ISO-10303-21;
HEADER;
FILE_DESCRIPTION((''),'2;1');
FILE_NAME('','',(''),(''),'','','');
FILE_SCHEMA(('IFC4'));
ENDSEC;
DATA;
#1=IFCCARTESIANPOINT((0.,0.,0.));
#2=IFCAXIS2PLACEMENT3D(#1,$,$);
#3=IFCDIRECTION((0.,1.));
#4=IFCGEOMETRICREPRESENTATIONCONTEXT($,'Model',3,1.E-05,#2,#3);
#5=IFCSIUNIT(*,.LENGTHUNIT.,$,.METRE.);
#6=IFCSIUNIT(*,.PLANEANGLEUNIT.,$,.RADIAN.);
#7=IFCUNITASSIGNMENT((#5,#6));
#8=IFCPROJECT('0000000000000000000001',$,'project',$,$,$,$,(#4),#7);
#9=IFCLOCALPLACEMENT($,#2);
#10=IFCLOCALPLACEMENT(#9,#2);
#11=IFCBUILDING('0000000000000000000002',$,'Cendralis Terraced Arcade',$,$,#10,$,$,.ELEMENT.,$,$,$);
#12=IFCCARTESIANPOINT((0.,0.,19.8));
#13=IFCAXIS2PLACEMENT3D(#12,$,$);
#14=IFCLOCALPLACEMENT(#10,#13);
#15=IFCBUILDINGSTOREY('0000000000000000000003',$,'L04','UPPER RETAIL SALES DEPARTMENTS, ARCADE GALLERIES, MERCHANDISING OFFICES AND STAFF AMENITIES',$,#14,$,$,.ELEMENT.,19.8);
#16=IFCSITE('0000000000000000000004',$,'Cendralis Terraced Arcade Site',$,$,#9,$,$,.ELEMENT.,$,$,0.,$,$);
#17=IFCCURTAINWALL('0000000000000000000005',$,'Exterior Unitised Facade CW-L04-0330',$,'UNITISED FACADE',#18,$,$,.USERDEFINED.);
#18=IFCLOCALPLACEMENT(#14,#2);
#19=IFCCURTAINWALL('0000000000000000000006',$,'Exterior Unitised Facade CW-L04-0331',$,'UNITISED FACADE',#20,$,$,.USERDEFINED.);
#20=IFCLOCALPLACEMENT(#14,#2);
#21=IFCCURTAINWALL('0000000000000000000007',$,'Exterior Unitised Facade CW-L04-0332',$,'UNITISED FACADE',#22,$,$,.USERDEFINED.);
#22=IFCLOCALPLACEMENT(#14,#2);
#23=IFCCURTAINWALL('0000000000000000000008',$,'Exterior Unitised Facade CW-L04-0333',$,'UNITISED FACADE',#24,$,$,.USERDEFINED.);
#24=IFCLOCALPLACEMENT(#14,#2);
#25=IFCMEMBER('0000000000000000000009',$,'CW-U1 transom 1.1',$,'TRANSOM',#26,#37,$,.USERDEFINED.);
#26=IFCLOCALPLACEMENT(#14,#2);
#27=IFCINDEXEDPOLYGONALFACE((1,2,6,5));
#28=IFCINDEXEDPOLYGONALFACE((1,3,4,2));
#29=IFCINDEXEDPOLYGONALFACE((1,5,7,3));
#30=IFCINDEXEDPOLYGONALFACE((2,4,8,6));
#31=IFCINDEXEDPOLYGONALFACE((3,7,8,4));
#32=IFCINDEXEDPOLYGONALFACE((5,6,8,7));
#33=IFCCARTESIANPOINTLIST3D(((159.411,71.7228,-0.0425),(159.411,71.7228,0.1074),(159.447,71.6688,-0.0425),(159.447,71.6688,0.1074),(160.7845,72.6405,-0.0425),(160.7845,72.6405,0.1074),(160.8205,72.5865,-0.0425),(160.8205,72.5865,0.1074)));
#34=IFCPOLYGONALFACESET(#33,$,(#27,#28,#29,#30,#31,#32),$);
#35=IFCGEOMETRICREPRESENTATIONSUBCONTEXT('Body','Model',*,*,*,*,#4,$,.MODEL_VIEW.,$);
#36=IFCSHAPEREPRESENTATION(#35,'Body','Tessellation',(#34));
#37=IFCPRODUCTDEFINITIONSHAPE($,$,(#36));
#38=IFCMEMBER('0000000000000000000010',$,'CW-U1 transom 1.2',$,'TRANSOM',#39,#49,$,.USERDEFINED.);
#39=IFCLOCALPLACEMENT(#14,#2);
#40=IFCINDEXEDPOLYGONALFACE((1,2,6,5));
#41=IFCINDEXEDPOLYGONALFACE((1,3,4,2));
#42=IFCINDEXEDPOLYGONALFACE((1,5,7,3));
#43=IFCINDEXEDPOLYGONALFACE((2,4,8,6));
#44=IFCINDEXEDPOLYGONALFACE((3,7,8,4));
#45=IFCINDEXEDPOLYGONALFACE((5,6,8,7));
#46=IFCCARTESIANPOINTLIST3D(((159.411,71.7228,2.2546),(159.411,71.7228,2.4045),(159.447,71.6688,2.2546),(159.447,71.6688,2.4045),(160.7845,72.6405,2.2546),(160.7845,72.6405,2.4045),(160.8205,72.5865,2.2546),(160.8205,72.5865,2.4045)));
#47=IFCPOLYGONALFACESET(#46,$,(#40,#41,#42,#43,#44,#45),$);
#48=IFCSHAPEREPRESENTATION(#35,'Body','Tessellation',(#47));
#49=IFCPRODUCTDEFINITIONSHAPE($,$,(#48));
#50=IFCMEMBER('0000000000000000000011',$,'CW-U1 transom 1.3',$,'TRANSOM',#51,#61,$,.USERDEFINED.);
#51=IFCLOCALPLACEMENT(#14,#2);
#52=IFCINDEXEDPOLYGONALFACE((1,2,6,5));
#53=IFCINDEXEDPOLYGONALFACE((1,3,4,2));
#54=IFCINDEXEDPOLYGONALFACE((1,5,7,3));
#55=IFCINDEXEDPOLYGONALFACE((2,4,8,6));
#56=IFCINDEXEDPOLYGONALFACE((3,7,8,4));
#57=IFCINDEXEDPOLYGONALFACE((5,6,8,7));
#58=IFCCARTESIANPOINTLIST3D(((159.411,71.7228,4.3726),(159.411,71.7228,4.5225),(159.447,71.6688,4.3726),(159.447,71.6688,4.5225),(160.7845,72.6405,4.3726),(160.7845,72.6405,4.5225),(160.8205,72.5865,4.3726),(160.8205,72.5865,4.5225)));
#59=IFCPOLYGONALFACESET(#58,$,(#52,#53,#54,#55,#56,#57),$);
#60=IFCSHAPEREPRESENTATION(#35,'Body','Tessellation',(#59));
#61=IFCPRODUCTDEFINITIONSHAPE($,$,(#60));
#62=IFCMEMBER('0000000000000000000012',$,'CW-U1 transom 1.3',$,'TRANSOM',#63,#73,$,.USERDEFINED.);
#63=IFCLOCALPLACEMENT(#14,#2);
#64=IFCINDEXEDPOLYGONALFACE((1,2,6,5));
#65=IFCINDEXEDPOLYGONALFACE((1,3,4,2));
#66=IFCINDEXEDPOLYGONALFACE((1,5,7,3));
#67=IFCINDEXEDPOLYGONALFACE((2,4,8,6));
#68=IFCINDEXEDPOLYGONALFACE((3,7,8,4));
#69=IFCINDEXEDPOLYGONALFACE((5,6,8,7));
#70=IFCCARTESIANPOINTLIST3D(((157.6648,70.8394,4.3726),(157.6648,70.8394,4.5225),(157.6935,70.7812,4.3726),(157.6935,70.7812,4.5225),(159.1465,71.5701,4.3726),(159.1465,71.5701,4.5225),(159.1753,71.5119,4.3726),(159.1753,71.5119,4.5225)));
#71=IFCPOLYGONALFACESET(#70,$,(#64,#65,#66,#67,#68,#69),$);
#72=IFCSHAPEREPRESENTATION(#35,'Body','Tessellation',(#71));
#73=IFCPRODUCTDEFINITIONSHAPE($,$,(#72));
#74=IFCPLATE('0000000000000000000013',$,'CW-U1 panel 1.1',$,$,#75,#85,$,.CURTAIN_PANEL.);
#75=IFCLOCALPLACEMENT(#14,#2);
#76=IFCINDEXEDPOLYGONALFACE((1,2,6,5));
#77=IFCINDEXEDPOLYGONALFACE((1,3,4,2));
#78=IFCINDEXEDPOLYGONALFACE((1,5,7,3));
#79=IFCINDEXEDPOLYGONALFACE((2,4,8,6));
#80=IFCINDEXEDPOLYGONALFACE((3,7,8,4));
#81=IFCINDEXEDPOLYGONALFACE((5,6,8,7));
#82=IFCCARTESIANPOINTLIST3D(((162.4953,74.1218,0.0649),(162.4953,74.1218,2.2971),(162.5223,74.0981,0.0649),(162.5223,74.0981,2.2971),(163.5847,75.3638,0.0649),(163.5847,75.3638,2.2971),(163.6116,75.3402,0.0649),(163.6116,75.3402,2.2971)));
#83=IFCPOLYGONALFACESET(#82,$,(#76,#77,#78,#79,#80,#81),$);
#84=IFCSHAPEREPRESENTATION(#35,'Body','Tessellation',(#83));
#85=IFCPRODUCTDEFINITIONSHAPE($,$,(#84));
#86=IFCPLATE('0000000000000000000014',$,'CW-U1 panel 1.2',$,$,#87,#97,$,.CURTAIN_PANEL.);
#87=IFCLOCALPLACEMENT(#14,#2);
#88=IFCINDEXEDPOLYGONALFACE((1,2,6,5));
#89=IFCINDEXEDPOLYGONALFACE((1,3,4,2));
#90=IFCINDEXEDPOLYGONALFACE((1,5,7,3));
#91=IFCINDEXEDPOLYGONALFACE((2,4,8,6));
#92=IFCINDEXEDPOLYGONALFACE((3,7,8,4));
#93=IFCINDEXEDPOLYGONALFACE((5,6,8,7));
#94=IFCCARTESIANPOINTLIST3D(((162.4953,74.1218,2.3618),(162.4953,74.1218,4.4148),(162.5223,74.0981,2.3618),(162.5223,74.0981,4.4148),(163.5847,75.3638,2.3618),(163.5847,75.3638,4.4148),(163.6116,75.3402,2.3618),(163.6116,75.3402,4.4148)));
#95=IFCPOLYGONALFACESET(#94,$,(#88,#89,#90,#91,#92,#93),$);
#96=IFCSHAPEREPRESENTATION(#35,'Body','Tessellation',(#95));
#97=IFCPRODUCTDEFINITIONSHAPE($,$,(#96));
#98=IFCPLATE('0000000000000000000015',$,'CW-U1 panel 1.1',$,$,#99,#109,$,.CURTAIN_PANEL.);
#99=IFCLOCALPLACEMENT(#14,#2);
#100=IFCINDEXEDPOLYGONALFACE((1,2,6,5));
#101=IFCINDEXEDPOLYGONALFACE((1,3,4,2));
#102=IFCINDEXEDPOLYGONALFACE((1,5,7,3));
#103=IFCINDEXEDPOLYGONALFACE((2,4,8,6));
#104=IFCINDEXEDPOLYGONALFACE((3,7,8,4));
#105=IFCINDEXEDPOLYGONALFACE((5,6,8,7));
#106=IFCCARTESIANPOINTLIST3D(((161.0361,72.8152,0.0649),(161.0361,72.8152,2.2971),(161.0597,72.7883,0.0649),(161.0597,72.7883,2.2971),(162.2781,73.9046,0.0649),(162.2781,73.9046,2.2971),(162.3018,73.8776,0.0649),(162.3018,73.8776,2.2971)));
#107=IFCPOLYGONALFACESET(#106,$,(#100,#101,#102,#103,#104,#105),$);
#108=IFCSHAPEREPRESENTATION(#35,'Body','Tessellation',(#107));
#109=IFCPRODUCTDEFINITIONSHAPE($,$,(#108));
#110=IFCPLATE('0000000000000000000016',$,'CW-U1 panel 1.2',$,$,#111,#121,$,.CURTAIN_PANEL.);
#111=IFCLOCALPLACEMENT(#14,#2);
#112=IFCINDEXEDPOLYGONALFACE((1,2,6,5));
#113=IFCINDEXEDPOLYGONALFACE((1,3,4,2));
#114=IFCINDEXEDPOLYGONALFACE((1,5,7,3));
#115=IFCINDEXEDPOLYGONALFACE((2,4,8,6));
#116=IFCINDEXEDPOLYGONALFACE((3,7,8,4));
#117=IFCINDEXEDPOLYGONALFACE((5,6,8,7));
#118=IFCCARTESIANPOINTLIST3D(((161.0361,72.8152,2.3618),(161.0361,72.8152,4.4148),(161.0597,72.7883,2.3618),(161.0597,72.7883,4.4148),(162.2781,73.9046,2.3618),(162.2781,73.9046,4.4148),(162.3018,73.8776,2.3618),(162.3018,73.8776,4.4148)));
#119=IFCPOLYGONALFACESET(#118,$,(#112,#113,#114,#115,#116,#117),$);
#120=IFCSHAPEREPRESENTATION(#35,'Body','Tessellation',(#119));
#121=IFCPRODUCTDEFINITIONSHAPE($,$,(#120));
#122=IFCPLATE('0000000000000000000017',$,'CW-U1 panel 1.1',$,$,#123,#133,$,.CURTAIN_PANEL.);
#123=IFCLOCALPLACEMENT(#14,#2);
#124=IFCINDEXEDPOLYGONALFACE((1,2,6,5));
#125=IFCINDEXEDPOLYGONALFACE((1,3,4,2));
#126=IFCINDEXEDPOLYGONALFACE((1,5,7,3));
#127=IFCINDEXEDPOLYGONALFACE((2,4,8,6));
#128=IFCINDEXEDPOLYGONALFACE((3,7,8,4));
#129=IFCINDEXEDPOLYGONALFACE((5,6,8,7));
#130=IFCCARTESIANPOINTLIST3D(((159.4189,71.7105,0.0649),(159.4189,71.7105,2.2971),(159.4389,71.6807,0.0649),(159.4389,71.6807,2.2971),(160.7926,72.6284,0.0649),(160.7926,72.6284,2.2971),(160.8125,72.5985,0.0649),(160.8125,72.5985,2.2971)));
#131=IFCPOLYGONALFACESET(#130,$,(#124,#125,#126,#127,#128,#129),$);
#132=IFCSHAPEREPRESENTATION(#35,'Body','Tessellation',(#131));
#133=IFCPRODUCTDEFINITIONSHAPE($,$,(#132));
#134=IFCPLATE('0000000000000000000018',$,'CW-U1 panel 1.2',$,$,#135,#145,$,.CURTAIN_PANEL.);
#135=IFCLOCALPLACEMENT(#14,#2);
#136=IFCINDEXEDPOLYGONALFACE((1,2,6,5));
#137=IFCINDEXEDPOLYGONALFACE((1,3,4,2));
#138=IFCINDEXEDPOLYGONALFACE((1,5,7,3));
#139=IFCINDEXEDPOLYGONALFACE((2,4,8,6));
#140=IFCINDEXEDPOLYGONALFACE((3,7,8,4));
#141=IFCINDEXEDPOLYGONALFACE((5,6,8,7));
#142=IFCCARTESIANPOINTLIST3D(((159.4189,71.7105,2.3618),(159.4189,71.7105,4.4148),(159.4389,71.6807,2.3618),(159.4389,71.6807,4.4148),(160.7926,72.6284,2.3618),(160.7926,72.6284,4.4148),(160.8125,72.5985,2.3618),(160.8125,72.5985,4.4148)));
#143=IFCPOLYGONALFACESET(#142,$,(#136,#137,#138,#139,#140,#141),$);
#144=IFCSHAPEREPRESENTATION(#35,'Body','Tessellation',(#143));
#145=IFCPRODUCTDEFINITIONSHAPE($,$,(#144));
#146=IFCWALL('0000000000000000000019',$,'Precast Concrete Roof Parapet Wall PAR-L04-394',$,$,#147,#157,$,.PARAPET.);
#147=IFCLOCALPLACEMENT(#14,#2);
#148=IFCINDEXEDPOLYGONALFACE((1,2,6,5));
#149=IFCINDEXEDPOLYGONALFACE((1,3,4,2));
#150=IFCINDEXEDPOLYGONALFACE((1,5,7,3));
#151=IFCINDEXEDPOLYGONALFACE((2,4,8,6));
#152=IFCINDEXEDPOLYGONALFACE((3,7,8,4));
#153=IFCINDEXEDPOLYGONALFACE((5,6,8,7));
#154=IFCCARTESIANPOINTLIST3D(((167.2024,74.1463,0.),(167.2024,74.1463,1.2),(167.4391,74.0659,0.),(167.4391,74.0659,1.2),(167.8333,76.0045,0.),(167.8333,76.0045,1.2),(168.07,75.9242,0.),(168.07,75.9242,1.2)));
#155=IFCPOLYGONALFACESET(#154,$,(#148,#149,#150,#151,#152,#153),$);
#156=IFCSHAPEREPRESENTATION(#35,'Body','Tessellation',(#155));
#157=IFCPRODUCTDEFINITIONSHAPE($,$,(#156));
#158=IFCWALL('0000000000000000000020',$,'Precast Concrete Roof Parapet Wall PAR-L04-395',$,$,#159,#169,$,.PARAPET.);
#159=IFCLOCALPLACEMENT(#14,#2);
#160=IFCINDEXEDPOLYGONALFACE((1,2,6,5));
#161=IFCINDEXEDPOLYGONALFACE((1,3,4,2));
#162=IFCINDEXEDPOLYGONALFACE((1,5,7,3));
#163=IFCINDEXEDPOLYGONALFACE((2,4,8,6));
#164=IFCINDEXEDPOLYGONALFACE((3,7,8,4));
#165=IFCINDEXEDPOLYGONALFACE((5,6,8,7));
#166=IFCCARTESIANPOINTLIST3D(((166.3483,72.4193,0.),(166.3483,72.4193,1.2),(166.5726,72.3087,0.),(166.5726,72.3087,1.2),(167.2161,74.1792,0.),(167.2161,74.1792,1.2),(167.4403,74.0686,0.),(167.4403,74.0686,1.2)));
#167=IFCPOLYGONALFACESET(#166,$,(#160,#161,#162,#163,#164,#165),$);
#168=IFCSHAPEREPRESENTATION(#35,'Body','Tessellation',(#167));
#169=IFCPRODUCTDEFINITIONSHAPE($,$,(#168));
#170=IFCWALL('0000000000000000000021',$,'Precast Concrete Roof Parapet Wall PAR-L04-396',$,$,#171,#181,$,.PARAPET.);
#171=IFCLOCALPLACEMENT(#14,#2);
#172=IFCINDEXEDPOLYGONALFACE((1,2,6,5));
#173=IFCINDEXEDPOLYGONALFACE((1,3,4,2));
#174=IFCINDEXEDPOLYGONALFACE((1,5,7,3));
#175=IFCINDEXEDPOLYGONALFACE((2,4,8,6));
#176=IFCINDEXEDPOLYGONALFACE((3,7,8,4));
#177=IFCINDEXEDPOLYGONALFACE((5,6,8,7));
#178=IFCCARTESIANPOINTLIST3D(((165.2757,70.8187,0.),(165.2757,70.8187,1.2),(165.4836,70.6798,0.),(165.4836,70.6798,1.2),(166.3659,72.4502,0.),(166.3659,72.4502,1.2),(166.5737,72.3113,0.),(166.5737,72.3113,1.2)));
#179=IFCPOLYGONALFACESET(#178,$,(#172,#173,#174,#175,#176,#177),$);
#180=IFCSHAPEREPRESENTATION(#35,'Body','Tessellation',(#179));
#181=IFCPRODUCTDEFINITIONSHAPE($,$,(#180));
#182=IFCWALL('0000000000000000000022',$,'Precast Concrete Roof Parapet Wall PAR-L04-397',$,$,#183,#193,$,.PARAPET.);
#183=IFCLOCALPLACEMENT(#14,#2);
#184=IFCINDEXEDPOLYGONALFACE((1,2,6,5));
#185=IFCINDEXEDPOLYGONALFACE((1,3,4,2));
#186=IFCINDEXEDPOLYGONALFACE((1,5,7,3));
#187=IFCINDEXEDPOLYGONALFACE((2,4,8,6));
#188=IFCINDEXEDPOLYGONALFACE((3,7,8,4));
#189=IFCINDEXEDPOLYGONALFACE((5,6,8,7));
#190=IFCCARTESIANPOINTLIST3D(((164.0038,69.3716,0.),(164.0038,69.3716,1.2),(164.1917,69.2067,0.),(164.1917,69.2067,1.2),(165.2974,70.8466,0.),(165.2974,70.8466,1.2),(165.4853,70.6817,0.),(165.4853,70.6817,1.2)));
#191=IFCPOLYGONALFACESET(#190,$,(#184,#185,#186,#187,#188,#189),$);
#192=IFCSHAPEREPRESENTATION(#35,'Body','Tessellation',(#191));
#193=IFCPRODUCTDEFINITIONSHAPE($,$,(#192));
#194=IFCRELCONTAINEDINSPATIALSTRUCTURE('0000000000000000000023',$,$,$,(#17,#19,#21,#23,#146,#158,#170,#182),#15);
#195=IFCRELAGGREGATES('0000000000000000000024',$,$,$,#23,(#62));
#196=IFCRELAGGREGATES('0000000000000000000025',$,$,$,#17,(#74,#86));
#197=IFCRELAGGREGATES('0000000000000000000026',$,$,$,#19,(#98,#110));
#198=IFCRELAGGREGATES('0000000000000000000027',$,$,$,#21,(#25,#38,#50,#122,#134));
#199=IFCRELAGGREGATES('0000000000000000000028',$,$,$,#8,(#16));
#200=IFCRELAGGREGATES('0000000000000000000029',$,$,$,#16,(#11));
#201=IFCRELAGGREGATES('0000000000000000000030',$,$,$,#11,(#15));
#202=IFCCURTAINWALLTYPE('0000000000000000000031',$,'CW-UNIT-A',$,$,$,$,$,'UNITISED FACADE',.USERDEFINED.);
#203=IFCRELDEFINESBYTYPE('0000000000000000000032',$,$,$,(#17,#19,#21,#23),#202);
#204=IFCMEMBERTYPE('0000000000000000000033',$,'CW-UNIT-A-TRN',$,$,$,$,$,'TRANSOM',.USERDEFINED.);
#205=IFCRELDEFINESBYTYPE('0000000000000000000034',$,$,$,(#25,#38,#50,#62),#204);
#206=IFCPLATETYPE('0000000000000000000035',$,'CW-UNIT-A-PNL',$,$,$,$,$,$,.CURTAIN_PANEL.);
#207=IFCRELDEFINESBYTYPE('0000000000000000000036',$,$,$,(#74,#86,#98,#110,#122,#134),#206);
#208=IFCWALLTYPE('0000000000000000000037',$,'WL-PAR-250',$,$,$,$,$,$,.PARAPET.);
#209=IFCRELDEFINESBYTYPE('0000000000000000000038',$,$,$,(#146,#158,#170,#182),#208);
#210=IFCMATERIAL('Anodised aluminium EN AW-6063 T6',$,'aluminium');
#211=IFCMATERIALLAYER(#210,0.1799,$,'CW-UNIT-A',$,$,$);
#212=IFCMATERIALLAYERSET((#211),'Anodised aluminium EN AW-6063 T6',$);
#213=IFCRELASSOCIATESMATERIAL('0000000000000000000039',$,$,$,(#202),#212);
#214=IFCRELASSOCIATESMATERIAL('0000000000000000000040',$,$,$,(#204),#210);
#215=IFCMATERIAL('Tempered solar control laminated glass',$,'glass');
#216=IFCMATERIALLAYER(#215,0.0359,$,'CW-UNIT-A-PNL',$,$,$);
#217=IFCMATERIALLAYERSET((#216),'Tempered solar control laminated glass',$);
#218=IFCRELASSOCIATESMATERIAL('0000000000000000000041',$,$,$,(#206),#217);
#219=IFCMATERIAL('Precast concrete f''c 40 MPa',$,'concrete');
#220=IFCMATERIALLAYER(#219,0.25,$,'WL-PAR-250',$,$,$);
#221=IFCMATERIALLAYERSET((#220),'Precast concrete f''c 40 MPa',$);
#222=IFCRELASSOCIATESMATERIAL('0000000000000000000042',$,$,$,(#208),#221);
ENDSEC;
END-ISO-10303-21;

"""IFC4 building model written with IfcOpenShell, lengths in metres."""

from ifc_helpers import new_model, si_unit, direction, frame, frame_2d, origin, origin_2d, place, context, subcontext, project, spatial, rectangle, extrude, material, layer, layer_set, material_profile, profile_set, type_object, element, aggregate, save


model = new_model("IFC4")

# Units and contexts
model_context = context("Model", 3, precision=1e-05, world=origin(), true_north=direction((0.0, 1.0)))
body_context = subcontext(model_context, "Body", "Model", "MODEL_VIEW")
ifc_project = project(units=[si_unit("LENGTHUNIT", "METRE"), si_unit("PLANEANGLEUNIT", "RADIAN")], contexts=[model_context])

# Site, building, storey
site_placement = place(None, origin())
site = spatial("IfcSite", under=ifc_project, at=site_placement, Name="Cendralis Terraced Arcade Site", CompositionType="ELEMENT", RefElevation=0.0)
building_placement = place(site_placement, origin())
building = spatial("IfcBuilding", under=site, at=building_placement, Name="Cendralis Terraced Arcade", CompositionType="ELEMENT")
storey_placement = place(building_placement, frame((0.0, 0.0, 19.8)))
storey = spatial("IfcBuildingStorey", under=building, at=storey_placement, Name="L04", Description="UPPER RETAIL SALES DEPARTMENTS, ARCADE GALLERIES, MERCHANDISING OFFICES AND STAFF AMENITIES", CompositionType="ELEMENT", Elevation=19.8)

# Shared definitions
ifc_material_1 = material(Name="Anodised aluminium EN AW-6063 T6", Category="aluminium")
ifc_layer_1 = layer(ifc_material_1, 0.1799, Name="CW-UNIT-A")
ifc_layer_set_1 = layer_set([ifc_layer_1], Name="Anodised aluminium EN AW-6063 T6")
curtain_wall_type = type_object("IfcCurtainWallType", Name="CW-UNIT-A", ElementType="UNITISED FACADE", PredefinedType="USERDEFINED", material=ifc_layer_set_1)

# Curtain walls
curtain_wall_1_placement = place(storey_placement, origin())
curtain_wall_1 = element("IfcCurtainWall", 1, at=curtain_wall_1_placement, inside=storey, type_object=curtain_wall_type, Name="Exterior Unitised Facade CW-L04-0330", ObjectType="UNITISED FACADE", PredefinedType="USERDEFINED")
curtain_wall_2_placement = place(storey_placement, origin())
curtain_wall_2 = element("IfcCurtainWall", 2, at=curtain_wall_2_placement, inside=storey, type_object=curtain_wall_type, Name="Exterior Unitised Facade CW-L04-0331", ObjectType="UNITISED FACADE", PredefinedType="USERDEFINED")
curtain_wall_3_placement = place(storey_placement, origin())
curtain_wall_3 = element("IfcCurtainWall", 3, at=curtain_wall_3_placement, inside=storey, type_object=curtain_wall_type, Name="Exterior Unitised Facade CW-L04-0332", ObjectType="UNITISED FACADE", PredefinedType="USERDEFINED")

# Curtain wall
curtain_wall_4_placement = place(storey_placement, origin())
curtain_wall_4 = element("IfcCurtainWall", 4, at=curtain_wall_4_placement, inside=storey, type_object=curtain_wall_type, Name="Exterior Unitised Facade CW-L04-0333", ObjectType="UNITISED FACADE", PredefinedType="USERDEFINED")

# Members
ifc_material_profile_1 = material_profile(ifc_material_1, rectangle(XDim=0.0649, YDim=0.1499, at=origin_2d()), Name="ALU-TRN-65x150")
ifc_profile_set_1 = profile_set([ifc_material_profile_1], Name="Anodised aluminium EN AW-6063 T6")
member_type_1 = type_object("IfcMemberType", Name="CW-UNIT-A-TRN", ElementType="TRANSOM", PredefinedType="USERDEFINED", material=ifc_profile_set_1)
member_1_placement = place(storey_placement, frame((160.8025, 72.6135, 0.0325), z_axis=(-0.831481, -0.555553, 0.0), x_axis=(0.555553, -0.831481, 0.0)))
member_1 = element("IfcMember", 5, at=member_1_placement, type_object=member_type_1, Name="CW-U1 transom 1.1", ObjectType="TRANSOM", PredefinedType="USERDEFINED", context=body_context, shape_type="SweptSolid", body=[
    extrude(rectangle(XDim=0.0649, YDim=0.1499, at=origin_2d()), origin(), (0.0, 0.0, 1.0), 1.6519),
])
member_2_placement = place(storey_placement, frame((160.8025, 72.6135, 2.3296), z_axis=(-0.831481, -0.555553, 0.0), x_axis=(0.555553, -0.831481, 0.0)))
member_2 = element("IfcMember", 6, at=member_2_placement, type_object=member_type_1, Name="CW-U1 transom 1.2", ObjectType="TRANSOM", PredefinedType="USERDEFINED", context=body_context, shape_type="SweptSolid", body=[
    extrude(rectangle(XDim=0.0649, YDim=0.1499, at=origin_2d()), origin(), (0.0, 0.0, 1.0), 1.6519),
])
member_3_placement = place(storey_placement, frame((160.8025, 72.6135, 4.4475), z_axis=(-0.831481, -0.555553, 0.0), x_axis=(0.555553, -0.831481, 0.0)))
member_3 = element("IfcMember", 7, at=member_3_placement, type_object=member_type_1, Name="CW-U1 transom 1.3", ObjectType="TRANSOM", PredefinedType="USERDEFINED", context=body_context, shape_type="SweptSolid", body=[
    extrude(rectangle(XDim=0.0649, YDim=0.1499, at=origin_2d()), origin(), (0.0, 0.0, 1.0), 1.6519),
])
member_4_placement = place(storey_placement, frame((159.1609, 71.541, 4.4475), z_axis=(-0.896867, -0.442301, 0.0), x_axis=(0.442301, -0.896867, 0.0)))
member_4 = element("IfcMember", 8, at=member_4_placement, type_object=member_type_1, Name="CW-U1 transom 1.3", ObjectType="TRANSOM", PredefinedType="USERDEFINED", context=body_context, shape_type="SweptSolid", body=[
    extrude(rectangle(XDim=0.0649, YDim=0.1499, at=origin_2d()), origin(), (0.0, 0.0, 1.0), 1.6521),
])
aggregate(curtain_wall_4, [member_4])

# Plates
ifc_material_2 = material(Name="Tempered solar control laminated glass", Category="glass")
ifc_layer_2 = layer(ifc_material_2, 0.0359, Name="CW-UNIT-A-PNL")
ifc_layer_set_2 = layer_set([ifc_layer_2], Name="Tempered solar control laminated glass")
plate_type = type_object("IfcPlateType", Name="CW-UNIT-A-PNL", PredefinedType="CURTAIN_PANEL", material=ifc_layer_set_2)
plate_1_placement = place(storey_placement, frame((163.0535, 74.731, 0.0649), z_axis=(0.0, 0.0, 1.0), x_axis=(-0.659386, -0.751804, 0.0)))
plate_1 = element("IfcPlate", 9, at=plate_1_placement, type_object=plate_type, Name="CW-U1 panel 1.1", PredefinedType="CURTAIN_PANEL", context=body_context, shape_type="SweptSolid", body=[
    extrude(rectangle(XDim=1.6521, YDim=0.0359, at=origin_2d()), origin(), (0.0, 0.0, 1.0), 2.2322),
])
plate_2_placement = place(storey_placement, frame((163.0535, 74.731, 2.3618), z_axis=(0.0, 0.0, 1.0), x_axis=(-0.659386, -0.751804, 0.0)))
plate_2 = element("IfcPlate", 10, at=plate_2_placement, type_object=plate_type, Name="CW-U1 panel 1.2", PredefinedType="CURTAIN_PANEL", context=body_context, shape_type="SweptSolid", body=[
    extrude(rectangle(XDim=1.6521, YDim=0.0359, at=origin_2d()), origin(), (0.0, 0.0, 1.0), 2.053),
])
aggregate(curtain_wall_1, [plate_1, plate_2])
plate_3_placement = place(storey_placement, frame((161.6689, 73.3464, 0.0649), z_axis=(0.0, 0.0, 1.0), x_axis=(-0.751804, -0.659386, 0.0)))
plate_3 = element("IfcPlate", 11, at=plate_3_placement, type_object=plate_type, Name="CW-U1 panel 1.1", PredefinedType="CURTAIN_PANEL", context=body_context, shape_type="SweptSolid", body=[
    extrude(rectangle(XDim=1.6521, YDim=0.0359, at=origin_2d()), origin(), (0.0, 0.0, 1.0), 2.2322),
])
plate_4_placement = place(storey_placement, frame((161.6689, 73.3464, 2.3618), z_axis=(0.0, 0.0, 1.0), x_axis=(-0.751804, -0.659386, 0.0)))
plate_4 = element("IfcPlate", 12, at=plate_4_placement, type_object=plate_type, Name="CW-U1 panel 1.2", PredefinedType="CURTAIN_PANEL", context=body_context, shape_type="SweptSolid", body=[
    extrude(rectangle(XDim=1.6521, YDim=0.0359, at=origin_2d()), origin(), (0.0, 0.0, 1.0), 2.053),
])
aggregate(curtain_wall_2, [plate_3, plate_4])
plate_5_placement = place(storey_placement, frame((160.1157, 72.1545, 0.0649), z_axis=(0.0, 0.0, 1.0), x_axis=(-0.831471, -0.555567, 0.0)))
plate_5 = element("IfcPlate", 13, at=plate_5_placement, type_object=plate_type, Name="CW-U1 panel 1.1", PredefinedType="CURTAIN_PANEL", context=body_context, shape_type="SweptSolid", body=[
    extrude(rectangle(XDim=1.6521, YDim=0.0359, at=origin_2d()), origin(), (0.0, 0.0, 1.0), 2.2322),
])
plate_6_placement = place(storey_placement, frame((160.1157, 72.1545, 2.3618), z_axis=(0.0, 0.0, 1.0), x_axis=(-0.831471, -0.555567, 0.0)))
plate_6 = element("IfcPlate", 14, at=plate_6_placement, type_object=plate_type, Name="CW-U1 panel 1.2", PredefinedType="CURTAIN_PANEL", context=body_context, shape_type="SweptSolid", body=[
    extrude(rectangle(XDim=1.6521, YDim=0.0359, at=origin_2d()), origin(), (0.0, 0.0, 1.0), 2.053),
])
aggregate(curtain_wall_3, [member_1, member_2, member_3, plate_5, plate_6])

# Walls
ifc_material_3 = material(Name="Precast concrete f'c 40 MPa", Category="concrete")
ifc_layer_3 = layer(ifc_material_3, 0.25, Name="WL-PAR-250")
ifc_layer_set_3 = layer_set([ifc_layer_3], Name="Precast concrete f'c 40 MPa")
wall_type = type_object("IfcWallType", Name="WL-PAR-250", PredefinedType="PARAPET", material=ifc_layer_set_3)
wall_1_placement = place(storey_placement, frame((167.9517, 75.9644, 0.0), z_axis=(0.0, 0.0, 1.0), x_axis=(-0.321486, -0.946914, 0.0)))
element("IfcWall", 15, at=wall_1_placement, inside=storey, type_object=wall_type, Name="Precast Concrete Roof Parapet Wall PAR-L04-394", PredefinedType="PARAPET", context=body_context, shape_type="SweptSolid", body=[
    extrude(rectangle(XDim=1.9624, YDim=0.25, at=frame_2d((0.9812, 0.0))), origin(), (0.0, 0.0, 1.0), 1.2),
])
for number, where, z_axis, x_axis, name in (
    (16, (167.3281, 74.1238, 0.0), (0.0, 0.0, 1.0), (-0.442229, -0.896902, 0.0), "Precast Concrete Roof Parapet Wall PAR-L04-395"),
    (17, (166.4697, 72.3806, 0.0), (0.0, 0.0, 1.0), (-0.55559, -0.831456, 0.0), "Precast Concrete Roof Parapet Wall PAR-L04-396"),
):
    element("IfcWall", number, at=place(storey_placement, frame(where, z_axis=z_axis, x_axis=x_axis)), inside=storey, type_object=wall_type, Name=name, PredefinedType="PARAPET", context=body_context, shape_type="SweptSolid", body=[
        extrude(rectangle(XDim=1.9622, YDim=0.25, at=frame_2d((0.981, 0.0))), origin(), (0.0, 0.0, 1.0), 1.2),
    ])
wall_2_placement = place(storey_placement, frame((165.3914, 70.7642, 0.0), z_axis=(0.0, 0.0, 1.0), x_axis=(-0.659367, -0.751821, 0.0)))
element("IfcWall", 18, at=wall_2_placement, inside=storey, type_object=wall_type, Name="Precast Concrete Roof Parapet Wall PAR-L04-397", PredefinedType="PARAPET", context=body_context, shape_type="SweptSolid", body=[
    extrude(rectangle(XDim=1.9619, YDim=0.25, at=frame_2d((0.981, 0.0))), origin(), (0.0, 0.0, 1.0), 1.2),
])

save(model, "model.ifc")
